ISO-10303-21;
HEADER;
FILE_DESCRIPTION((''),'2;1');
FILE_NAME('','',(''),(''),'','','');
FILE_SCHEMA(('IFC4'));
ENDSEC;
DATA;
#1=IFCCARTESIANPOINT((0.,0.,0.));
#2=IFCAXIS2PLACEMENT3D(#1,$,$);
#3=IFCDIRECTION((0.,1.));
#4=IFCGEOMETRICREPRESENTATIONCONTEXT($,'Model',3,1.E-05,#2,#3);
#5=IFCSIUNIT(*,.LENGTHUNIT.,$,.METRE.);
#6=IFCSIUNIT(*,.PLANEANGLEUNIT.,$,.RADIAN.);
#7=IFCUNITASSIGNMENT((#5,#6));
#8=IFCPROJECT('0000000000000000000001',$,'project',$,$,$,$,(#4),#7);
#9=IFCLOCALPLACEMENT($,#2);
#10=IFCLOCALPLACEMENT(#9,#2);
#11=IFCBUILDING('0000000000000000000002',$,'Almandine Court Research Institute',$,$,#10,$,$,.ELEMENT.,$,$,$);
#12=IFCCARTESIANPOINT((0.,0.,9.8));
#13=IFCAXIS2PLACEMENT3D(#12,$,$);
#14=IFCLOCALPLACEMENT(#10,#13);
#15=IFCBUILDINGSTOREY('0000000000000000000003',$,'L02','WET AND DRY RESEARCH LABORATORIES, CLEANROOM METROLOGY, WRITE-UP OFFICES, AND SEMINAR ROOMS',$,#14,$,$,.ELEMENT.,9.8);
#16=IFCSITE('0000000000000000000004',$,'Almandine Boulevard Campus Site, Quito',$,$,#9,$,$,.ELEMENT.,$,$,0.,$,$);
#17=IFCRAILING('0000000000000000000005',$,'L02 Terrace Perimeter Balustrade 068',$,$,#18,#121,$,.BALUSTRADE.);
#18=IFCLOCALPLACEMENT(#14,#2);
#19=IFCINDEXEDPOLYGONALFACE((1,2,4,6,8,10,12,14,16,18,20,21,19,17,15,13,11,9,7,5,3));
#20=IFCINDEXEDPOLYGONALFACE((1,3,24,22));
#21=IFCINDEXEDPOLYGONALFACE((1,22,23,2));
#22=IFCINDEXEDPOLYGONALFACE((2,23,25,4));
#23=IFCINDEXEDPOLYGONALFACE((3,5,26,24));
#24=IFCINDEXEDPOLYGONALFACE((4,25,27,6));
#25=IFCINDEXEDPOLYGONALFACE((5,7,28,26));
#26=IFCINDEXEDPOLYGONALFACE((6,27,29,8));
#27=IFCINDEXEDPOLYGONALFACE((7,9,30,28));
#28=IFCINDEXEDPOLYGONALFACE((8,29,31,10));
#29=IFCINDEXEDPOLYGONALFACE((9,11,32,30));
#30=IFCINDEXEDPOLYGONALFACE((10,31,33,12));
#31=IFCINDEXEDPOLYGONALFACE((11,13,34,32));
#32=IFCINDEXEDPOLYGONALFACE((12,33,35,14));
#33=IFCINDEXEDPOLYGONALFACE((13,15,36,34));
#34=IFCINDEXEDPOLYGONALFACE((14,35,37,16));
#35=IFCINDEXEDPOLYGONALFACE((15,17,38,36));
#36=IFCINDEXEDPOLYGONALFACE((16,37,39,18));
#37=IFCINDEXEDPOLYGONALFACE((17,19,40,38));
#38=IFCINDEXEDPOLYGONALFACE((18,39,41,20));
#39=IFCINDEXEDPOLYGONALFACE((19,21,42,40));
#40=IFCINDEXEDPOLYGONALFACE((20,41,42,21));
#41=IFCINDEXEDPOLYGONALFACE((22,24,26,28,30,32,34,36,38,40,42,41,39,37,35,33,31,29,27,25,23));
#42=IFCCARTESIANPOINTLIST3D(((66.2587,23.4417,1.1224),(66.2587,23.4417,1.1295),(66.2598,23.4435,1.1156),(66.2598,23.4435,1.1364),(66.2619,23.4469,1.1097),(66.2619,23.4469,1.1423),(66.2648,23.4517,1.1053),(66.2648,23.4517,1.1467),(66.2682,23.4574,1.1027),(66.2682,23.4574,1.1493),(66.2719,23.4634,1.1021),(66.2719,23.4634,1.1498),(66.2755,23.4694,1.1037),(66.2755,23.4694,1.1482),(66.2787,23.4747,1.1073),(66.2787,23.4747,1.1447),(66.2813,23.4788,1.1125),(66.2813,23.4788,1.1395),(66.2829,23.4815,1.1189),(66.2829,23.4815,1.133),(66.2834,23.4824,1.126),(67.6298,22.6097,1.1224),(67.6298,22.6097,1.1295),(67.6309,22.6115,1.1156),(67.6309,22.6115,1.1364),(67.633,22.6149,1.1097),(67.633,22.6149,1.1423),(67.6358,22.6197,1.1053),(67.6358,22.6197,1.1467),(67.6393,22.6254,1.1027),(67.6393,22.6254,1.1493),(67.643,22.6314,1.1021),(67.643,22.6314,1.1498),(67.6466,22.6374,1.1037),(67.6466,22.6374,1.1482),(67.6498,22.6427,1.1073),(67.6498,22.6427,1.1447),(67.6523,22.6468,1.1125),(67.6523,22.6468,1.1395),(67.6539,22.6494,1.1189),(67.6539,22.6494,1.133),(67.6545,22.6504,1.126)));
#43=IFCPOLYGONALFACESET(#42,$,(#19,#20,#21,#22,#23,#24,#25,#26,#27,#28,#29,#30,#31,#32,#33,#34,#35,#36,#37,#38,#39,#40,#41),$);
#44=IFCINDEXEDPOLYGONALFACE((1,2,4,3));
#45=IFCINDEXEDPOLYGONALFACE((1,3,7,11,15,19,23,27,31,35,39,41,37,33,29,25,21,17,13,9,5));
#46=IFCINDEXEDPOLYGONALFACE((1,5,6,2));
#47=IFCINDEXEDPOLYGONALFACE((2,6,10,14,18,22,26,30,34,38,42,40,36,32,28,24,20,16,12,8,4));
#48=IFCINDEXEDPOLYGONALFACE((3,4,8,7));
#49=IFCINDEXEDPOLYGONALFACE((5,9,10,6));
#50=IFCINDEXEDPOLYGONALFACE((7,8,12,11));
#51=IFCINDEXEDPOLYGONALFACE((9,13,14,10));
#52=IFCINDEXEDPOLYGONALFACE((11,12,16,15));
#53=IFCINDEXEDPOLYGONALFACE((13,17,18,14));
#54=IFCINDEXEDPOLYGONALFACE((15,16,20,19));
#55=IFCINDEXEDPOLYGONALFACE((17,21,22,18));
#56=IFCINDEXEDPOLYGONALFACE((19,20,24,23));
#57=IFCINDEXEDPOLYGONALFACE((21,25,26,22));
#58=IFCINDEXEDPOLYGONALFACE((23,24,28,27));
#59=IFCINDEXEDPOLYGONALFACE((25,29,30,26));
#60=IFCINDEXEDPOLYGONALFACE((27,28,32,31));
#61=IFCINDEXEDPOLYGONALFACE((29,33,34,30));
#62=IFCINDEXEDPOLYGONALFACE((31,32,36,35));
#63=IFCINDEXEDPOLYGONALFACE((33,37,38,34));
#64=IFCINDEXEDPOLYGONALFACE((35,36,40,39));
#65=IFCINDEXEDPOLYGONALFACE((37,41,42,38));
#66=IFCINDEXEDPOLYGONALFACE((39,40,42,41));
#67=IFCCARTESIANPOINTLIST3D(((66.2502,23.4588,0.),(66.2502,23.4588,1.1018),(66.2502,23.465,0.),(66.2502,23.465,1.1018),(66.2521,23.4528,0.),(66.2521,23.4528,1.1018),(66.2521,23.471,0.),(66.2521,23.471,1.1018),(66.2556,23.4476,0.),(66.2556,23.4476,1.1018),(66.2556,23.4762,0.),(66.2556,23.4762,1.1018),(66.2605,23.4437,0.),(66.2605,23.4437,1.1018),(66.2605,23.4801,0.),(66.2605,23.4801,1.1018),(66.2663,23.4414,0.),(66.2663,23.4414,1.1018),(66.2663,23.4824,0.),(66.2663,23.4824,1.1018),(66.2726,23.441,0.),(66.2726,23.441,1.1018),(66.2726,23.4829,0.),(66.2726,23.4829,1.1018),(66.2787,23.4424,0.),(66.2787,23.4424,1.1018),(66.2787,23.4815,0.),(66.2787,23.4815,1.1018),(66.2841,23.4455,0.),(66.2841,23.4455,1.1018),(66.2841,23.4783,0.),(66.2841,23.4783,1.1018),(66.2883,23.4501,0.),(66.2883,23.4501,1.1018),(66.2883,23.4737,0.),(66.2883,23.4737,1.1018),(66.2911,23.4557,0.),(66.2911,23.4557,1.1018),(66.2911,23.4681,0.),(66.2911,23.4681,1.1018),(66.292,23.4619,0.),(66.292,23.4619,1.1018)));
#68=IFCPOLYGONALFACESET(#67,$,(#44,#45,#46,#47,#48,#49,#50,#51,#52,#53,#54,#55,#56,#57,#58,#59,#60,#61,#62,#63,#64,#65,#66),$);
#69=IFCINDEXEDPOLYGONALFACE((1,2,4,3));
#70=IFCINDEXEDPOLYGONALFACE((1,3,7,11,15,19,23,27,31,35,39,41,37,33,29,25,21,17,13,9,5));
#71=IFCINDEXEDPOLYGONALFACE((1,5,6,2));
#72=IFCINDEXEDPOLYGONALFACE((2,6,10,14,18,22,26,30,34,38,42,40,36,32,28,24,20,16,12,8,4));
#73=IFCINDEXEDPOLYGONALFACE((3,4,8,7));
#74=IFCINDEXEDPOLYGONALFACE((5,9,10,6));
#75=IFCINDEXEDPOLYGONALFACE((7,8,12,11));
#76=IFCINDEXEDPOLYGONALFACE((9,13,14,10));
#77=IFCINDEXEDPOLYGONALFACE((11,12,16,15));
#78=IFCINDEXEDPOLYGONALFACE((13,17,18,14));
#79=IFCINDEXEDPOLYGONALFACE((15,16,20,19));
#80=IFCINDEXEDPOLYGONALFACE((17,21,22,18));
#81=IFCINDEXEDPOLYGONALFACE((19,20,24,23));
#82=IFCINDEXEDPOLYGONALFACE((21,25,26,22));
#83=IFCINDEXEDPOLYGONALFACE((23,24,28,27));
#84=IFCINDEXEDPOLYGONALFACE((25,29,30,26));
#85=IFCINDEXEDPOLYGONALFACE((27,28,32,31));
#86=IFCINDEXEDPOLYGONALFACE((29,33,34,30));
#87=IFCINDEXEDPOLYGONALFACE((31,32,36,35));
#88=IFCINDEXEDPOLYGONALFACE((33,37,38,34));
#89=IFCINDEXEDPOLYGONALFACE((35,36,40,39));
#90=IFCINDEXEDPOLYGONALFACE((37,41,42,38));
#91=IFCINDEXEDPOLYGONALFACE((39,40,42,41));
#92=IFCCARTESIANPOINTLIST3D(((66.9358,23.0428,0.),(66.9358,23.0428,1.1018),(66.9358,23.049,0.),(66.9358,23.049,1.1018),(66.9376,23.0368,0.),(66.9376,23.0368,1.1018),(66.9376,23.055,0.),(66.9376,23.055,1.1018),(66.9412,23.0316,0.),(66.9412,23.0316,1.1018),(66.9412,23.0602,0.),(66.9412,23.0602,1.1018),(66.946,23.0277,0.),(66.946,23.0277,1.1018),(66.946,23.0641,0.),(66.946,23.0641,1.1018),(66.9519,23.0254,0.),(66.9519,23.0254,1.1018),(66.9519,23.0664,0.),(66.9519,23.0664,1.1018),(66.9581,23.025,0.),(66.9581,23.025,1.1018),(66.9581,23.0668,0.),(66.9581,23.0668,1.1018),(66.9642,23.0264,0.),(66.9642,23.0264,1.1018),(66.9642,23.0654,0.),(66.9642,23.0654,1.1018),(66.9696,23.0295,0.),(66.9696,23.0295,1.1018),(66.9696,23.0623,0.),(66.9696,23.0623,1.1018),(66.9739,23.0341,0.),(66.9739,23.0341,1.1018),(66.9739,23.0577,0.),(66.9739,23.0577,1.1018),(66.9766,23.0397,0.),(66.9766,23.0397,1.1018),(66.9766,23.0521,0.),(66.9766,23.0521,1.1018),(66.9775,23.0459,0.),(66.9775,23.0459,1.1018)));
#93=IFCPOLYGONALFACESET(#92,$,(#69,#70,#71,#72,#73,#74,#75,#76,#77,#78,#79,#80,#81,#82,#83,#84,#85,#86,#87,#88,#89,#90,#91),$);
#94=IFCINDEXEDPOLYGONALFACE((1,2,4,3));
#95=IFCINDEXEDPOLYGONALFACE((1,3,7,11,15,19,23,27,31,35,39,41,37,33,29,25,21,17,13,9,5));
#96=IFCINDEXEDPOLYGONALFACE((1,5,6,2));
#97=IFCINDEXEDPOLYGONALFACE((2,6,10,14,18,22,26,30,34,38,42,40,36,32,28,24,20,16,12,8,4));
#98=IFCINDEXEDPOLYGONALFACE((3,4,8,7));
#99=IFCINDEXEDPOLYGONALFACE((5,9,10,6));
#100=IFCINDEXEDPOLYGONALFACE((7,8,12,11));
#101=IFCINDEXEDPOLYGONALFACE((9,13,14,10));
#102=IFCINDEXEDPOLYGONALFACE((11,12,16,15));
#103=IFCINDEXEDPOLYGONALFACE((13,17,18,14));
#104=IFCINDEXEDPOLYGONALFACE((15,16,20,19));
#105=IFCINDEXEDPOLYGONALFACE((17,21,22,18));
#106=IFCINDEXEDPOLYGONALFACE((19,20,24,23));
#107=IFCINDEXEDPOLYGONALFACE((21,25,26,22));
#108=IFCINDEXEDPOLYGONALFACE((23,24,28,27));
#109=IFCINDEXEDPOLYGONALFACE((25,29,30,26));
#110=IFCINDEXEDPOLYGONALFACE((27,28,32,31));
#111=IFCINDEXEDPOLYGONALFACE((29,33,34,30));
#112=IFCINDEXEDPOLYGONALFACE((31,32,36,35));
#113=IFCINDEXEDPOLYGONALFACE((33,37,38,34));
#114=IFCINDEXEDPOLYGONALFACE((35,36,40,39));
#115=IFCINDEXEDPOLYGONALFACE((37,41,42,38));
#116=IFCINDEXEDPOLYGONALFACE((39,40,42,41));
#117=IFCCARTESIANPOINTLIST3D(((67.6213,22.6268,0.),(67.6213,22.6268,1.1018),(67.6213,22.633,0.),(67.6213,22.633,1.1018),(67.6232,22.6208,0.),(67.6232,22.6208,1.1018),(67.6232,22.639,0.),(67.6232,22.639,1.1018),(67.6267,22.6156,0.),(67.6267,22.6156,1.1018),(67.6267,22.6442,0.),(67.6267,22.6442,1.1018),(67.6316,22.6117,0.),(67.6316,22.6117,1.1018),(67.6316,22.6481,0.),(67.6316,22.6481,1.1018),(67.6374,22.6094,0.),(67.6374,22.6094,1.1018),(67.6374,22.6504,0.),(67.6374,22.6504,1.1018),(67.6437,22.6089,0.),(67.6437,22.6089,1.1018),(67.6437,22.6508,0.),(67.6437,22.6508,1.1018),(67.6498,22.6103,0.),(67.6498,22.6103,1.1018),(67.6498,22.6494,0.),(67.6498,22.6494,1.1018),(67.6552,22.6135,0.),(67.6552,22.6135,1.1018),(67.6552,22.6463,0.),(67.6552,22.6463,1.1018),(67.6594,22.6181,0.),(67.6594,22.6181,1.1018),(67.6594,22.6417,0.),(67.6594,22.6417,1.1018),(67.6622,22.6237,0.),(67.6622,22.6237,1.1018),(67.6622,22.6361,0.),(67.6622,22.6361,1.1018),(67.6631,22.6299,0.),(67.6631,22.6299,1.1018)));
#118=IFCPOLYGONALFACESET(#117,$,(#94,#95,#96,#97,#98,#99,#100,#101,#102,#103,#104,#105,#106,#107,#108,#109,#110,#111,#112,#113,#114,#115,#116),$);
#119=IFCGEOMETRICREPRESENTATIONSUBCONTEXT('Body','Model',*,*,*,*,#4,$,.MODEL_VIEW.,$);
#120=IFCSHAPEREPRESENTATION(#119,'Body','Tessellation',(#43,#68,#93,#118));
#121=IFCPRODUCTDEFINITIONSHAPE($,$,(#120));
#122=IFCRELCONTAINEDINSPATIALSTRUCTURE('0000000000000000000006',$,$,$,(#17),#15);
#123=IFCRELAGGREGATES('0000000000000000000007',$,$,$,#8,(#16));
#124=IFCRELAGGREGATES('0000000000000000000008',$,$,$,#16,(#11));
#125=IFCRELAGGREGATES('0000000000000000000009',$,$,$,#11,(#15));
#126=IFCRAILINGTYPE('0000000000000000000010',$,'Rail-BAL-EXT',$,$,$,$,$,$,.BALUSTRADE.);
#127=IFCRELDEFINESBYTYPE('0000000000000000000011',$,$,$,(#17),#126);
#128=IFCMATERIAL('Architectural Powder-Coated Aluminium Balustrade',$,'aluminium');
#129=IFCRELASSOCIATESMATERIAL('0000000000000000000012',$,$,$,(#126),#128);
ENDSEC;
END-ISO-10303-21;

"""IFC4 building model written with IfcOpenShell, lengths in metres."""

from ifc_helpers import new_model, si_unit, direction, frame, origin, origin_2d, place, context, subcontext, project, spatial, circle, extrude, material, type_object, element, save


model = new_model("IFC4")

# Units and contexts
model_context = context("Model", 3, precision=1e-05, world=origin(), true_north=direction((0.0, 1.0)))
body_context = subcontext(model_context, "Body", "Model", "MODEL_VIEW")
ifc_project = project(units=[si_unit("LENGTHUNIT", "METRE"), si_unit("PLANEANGLEUNIT", "RADIAN")], contexts=[model_context])

# Site, building, storey
site_placement = place(None, origin())
site = spatial("IfcSite", under=ifc_project, at=site_placement, Name="Almandine Boulevard Campus Site, Quito", CompositionType="ELEMENT", RefElevation=0.0)
building_placement = place(site_placement, origin())
building = spatial("IfcBuilding", under=site, at=building_placement, Name="Almandine Court Research Institute", CompositionType="ELEMENT")
storey_placement = place(building_placement, frame((0.0, 0.0, 9.8)))
storey = spatial("IfcBuildingStorey", under=building, at=storey_placement, Name="L02", Description="WET AND DRY RESEARCH LABORATORIES, CLEANROOM METROLOGY, WRITE-UP OFFICES, AND SEMINAR ROOMS", CompositionType="ELEMENT", Elevation=9.8)

# Railing
ifc_material_1 = material(Name="Architectural Powder-Coated Aluminium Balustrade", Category="aluminium")
railing_type = type_object("IfcRailingType", Name="Rail-BAL-EXT", PredefinedType="BALUSTRADE", material=ifc_material_1)
railing_1_placement = place(storey_placement, frame((66.271, 23.4619, 0.0)))
element("IfcRailing", 1, at=railing_1_placement, inside=storey, type_object=railing_type, Name="L02 Terrace Perimeter Balustrade 068", PredefinedType="BALUSTRADE", context=body_context, shape_type="SweptSolid", body=[
    extrude(circle(Radius=0.0239, at=origin_2d()), frame((0.0, 0.0, 1.126), z_axis=(0.854903, -0.518787, 0.0), x_axis=(0.518787, 0.854903, 0.0)), (0.0, 0.0, 1.0), 1.6038),
    extrude(circle(Radius=0.021, at=origin_2d()), origin(), (0.0, 0.0, 1.0), 1.1018),
    extrude(circle(Radius=0.021, at=origin_2d()), frame((0.6855, -0.416, 0.0)), (0.0, 0.0, 1.0), 1.1018),
    extrude(circle(Radius=0.021, at=origin_2d()), frame((1.3711, -0.832, 0.0)), (0.0, 0.0, 1.0), 1.1018),
])

save(model, "model.ifc")
